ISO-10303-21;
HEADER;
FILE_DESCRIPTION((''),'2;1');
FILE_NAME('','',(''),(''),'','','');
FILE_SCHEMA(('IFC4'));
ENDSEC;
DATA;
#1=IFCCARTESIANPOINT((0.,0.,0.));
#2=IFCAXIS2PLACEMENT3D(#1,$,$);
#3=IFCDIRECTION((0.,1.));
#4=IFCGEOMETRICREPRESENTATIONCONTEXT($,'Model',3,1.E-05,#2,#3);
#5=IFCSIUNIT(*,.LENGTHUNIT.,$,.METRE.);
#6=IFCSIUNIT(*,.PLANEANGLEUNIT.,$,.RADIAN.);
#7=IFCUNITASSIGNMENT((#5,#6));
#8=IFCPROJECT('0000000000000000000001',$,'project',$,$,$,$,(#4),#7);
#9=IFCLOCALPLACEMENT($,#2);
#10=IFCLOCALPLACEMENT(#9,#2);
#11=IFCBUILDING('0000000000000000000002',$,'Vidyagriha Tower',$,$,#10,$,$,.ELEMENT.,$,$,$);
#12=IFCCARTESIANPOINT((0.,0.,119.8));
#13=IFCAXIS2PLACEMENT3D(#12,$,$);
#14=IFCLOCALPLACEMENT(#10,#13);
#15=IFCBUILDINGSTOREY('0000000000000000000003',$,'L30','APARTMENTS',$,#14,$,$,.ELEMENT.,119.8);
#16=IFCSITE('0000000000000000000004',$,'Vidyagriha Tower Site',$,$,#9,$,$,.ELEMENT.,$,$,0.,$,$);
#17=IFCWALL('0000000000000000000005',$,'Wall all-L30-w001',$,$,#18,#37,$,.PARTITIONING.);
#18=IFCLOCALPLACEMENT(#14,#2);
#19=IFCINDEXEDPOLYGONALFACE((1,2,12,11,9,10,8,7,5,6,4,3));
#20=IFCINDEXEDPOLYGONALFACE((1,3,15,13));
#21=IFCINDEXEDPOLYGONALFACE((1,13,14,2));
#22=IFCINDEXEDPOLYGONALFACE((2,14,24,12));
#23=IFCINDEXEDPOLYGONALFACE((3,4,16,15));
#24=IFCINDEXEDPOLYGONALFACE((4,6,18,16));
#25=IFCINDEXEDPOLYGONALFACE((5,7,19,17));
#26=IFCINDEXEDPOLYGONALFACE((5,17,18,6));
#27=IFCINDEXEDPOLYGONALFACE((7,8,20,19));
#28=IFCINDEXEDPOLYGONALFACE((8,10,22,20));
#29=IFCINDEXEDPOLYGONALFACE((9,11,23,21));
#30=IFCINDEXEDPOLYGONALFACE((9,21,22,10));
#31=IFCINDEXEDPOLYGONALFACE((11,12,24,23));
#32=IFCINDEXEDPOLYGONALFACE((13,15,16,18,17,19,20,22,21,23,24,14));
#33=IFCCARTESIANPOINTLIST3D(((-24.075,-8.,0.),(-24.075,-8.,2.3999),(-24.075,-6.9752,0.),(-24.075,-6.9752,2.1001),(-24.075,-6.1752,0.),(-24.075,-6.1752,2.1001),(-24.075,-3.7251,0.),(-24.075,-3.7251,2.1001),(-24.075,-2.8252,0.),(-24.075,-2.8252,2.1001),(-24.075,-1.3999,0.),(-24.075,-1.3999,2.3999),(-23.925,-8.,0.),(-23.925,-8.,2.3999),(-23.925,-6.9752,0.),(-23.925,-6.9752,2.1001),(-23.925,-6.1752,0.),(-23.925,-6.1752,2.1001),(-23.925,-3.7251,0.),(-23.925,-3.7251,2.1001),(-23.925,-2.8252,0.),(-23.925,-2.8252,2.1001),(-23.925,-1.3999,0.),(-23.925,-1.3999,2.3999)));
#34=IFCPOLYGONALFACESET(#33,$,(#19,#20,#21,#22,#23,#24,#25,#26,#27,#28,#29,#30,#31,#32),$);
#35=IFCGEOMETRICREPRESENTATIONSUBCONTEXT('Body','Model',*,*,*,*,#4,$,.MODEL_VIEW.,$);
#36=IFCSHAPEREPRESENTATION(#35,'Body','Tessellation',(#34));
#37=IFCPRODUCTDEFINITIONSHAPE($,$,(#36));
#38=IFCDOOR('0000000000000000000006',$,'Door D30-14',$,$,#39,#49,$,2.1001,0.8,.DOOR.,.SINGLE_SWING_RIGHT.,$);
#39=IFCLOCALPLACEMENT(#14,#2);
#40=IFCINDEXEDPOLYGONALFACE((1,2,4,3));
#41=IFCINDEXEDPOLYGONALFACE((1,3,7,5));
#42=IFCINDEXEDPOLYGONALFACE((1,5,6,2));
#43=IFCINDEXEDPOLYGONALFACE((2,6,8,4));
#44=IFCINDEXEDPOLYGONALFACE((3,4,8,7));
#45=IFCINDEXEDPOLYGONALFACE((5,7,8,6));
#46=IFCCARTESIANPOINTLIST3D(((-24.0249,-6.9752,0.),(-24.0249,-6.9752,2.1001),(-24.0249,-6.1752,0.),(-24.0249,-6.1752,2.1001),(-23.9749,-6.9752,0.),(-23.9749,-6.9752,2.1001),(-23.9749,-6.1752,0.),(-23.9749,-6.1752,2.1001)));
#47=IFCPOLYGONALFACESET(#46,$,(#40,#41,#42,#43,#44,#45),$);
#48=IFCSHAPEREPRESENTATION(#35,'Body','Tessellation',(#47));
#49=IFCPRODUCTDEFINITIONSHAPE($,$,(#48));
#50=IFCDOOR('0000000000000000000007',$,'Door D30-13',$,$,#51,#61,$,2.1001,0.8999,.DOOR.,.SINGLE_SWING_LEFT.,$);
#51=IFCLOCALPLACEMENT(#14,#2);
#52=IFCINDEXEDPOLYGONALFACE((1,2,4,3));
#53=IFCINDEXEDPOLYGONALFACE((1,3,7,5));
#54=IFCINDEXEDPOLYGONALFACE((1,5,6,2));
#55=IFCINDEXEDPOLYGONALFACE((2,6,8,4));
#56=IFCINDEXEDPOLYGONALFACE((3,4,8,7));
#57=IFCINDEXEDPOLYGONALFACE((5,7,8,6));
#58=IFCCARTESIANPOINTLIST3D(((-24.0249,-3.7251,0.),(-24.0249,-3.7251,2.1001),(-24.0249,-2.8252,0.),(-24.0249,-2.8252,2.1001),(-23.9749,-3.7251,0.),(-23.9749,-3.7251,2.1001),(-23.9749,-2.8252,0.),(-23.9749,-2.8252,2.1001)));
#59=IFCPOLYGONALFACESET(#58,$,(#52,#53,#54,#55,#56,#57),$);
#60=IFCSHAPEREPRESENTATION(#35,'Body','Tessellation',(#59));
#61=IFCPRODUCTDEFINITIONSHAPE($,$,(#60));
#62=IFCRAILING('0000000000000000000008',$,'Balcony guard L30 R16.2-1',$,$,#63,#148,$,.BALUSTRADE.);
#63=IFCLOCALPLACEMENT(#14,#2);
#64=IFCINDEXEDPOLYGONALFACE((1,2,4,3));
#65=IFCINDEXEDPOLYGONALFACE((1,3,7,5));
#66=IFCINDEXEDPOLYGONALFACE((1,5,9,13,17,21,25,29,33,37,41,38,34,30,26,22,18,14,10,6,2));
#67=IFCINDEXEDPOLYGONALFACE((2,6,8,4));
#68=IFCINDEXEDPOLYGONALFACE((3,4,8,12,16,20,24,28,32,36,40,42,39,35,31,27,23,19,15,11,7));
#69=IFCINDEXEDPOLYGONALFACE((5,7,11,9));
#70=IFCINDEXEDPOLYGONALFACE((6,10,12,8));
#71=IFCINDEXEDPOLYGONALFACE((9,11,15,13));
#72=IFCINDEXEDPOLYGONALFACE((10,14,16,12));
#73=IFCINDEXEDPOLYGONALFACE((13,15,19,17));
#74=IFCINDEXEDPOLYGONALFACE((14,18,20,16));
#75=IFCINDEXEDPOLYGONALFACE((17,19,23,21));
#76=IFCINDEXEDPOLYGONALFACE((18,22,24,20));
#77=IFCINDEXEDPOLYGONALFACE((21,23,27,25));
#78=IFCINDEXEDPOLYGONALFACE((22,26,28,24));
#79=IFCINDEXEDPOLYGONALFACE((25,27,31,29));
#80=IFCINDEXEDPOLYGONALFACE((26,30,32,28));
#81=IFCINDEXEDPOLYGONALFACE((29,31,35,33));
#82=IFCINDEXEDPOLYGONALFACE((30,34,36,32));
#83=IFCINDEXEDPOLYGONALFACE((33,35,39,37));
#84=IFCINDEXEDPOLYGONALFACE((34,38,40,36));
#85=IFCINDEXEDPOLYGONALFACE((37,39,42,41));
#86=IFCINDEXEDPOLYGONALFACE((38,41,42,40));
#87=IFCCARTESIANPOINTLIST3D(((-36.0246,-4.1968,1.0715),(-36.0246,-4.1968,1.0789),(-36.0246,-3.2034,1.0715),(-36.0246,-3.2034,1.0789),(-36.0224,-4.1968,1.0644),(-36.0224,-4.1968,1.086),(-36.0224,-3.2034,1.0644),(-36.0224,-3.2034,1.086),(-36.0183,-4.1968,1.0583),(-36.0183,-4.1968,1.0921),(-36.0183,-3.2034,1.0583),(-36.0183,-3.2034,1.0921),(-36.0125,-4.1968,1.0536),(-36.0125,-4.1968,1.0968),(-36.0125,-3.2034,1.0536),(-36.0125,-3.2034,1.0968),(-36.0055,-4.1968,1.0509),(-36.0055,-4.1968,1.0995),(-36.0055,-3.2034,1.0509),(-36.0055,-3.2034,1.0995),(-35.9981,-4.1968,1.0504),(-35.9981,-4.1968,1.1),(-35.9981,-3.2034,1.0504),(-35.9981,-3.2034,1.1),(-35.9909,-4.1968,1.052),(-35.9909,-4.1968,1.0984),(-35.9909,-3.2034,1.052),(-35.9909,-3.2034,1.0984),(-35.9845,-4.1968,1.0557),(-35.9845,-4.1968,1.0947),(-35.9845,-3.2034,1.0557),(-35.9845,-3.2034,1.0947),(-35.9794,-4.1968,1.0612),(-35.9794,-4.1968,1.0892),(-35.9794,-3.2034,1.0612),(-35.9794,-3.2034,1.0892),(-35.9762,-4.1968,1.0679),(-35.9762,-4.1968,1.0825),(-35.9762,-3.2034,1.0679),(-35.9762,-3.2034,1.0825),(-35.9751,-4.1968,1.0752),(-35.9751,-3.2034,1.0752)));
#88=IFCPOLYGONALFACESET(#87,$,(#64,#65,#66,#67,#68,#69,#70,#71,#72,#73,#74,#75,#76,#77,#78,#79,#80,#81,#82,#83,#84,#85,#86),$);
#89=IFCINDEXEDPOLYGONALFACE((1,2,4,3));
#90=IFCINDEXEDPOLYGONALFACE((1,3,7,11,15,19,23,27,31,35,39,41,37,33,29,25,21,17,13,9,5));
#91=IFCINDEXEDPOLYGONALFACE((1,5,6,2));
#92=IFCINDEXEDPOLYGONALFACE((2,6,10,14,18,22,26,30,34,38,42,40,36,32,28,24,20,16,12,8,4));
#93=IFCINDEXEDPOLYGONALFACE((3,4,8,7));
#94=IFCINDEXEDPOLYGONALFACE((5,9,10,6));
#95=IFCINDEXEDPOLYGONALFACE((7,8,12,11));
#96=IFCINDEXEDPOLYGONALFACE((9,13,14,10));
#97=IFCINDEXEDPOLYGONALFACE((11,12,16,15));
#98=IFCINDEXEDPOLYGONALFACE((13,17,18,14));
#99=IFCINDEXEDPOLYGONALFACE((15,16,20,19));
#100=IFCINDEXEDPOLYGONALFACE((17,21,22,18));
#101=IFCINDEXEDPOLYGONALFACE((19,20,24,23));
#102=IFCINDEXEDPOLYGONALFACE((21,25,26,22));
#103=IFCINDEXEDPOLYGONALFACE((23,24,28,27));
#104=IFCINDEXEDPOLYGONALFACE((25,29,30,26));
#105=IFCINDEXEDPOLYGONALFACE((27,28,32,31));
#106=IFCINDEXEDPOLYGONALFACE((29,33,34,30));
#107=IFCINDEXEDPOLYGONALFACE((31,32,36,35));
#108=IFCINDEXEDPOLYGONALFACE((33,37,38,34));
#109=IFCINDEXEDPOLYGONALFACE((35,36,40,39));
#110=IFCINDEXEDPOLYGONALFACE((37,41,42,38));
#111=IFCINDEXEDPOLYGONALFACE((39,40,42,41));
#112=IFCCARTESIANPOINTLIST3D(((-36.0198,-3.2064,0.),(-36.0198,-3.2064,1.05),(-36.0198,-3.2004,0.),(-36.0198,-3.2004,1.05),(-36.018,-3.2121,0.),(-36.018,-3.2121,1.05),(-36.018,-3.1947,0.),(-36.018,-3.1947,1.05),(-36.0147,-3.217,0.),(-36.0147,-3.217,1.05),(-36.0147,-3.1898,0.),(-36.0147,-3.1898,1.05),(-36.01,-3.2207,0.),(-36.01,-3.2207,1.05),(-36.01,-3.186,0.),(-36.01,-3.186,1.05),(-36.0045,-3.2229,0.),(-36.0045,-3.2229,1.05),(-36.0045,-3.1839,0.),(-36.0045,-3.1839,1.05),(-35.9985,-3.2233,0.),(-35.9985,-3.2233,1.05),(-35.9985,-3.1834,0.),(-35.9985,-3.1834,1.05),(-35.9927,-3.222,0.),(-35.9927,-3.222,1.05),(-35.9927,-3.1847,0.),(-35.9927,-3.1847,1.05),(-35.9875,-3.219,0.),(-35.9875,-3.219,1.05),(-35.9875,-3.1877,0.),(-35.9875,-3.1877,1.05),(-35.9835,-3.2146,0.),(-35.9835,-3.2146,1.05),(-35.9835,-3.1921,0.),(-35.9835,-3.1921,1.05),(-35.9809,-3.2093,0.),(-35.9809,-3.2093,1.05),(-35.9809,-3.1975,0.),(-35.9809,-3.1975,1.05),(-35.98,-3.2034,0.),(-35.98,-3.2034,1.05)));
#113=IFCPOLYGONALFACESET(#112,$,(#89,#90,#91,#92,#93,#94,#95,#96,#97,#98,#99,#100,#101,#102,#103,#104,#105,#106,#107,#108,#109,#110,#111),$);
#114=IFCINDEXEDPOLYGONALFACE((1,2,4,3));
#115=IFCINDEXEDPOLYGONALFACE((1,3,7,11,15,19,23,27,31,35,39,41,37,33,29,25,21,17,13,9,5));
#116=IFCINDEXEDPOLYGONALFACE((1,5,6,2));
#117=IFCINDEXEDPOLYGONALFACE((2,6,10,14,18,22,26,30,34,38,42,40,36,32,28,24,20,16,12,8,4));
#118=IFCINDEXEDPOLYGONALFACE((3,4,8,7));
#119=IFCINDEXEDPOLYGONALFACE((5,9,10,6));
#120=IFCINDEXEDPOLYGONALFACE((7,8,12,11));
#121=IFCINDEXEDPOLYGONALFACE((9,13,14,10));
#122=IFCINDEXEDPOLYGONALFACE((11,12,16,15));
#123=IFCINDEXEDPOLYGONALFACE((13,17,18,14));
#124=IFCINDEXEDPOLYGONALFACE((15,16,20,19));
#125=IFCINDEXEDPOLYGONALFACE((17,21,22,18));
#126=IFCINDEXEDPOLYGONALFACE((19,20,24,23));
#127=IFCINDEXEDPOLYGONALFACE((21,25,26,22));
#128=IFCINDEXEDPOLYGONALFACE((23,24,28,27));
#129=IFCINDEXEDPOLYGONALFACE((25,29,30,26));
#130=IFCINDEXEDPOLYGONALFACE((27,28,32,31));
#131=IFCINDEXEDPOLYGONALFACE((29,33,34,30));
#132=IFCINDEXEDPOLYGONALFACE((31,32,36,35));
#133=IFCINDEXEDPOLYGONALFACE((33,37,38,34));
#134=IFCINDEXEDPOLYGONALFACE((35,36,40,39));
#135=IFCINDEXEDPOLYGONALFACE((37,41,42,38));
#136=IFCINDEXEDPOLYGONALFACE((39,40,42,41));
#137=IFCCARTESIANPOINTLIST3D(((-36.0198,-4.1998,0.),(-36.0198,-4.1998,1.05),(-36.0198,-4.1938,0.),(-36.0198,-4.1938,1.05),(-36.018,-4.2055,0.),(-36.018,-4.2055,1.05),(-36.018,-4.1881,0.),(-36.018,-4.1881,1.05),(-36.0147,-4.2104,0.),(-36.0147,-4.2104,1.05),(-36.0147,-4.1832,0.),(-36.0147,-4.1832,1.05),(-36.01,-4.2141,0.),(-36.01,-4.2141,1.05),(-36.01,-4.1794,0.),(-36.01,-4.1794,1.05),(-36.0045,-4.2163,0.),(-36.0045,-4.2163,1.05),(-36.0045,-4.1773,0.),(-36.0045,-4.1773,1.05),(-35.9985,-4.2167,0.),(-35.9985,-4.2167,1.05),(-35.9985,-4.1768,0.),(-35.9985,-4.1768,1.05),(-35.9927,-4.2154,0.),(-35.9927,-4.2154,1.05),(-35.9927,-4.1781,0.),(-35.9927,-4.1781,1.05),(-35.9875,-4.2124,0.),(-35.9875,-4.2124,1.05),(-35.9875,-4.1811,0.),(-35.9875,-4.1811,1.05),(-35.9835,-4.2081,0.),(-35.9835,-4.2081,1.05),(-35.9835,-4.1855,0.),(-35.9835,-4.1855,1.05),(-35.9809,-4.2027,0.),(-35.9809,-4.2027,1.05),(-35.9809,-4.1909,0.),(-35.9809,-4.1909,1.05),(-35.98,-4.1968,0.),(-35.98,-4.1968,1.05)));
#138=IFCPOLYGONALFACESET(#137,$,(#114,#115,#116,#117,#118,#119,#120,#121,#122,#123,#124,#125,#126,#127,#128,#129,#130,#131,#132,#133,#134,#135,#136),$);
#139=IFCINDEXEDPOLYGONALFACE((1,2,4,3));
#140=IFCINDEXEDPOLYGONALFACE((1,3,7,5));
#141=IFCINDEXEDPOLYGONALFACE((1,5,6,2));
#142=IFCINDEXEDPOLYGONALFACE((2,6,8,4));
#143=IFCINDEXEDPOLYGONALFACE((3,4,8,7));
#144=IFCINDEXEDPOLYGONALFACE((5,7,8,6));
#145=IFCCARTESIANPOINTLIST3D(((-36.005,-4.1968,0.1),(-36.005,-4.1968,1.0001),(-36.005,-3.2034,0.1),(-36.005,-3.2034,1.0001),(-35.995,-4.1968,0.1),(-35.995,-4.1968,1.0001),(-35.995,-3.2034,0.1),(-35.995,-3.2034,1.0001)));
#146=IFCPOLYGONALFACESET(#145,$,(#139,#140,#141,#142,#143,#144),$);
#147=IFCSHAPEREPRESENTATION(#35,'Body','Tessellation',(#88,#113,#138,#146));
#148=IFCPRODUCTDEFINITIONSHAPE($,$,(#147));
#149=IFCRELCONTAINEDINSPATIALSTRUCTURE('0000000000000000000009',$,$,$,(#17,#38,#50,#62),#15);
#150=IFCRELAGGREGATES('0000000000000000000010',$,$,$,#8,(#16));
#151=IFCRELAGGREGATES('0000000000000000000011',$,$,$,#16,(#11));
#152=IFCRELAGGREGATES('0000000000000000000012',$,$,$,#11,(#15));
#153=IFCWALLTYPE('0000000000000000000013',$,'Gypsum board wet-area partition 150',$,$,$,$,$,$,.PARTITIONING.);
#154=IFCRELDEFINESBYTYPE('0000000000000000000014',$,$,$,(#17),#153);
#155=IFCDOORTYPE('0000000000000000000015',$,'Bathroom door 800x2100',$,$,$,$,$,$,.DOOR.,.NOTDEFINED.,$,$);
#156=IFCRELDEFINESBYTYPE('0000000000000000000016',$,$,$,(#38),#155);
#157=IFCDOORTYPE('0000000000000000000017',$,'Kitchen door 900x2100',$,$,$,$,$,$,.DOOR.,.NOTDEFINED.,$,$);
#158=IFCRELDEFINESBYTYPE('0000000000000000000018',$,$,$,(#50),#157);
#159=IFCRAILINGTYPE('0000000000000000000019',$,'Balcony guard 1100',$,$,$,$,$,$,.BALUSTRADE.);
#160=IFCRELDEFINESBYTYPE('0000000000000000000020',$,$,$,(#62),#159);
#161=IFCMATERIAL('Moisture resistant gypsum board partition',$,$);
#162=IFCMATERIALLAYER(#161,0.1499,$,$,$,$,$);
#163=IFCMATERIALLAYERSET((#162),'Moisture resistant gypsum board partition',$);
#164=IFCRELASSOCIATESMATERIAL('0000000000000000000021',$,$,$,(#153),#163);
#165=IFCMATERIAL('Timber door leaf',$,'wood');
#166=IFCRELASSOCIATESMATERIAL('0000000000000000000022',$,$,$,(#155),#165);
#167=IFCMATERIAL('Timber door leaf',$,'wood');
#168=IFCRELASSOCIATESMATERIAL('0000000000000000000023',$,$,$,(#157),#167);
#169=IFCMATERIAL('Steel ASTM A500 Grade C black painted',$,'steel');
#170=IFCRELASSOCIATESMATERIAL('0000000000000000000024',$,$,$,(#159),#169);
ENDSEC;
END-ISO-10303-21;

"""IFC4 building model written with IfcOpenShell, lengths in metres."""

from ifc_helpers import new_model, si_unit, direction, frame, frame_2d, origin, origin_2d, place, context, subcontext, project, spatial, rectangle, circle, extrude, material, layer, layer_set, type_object, element, fill, save


model = new_model("IFC4")

# Units and contexts
model_context = context("Model", 3, precision=1e-05, world=origin(), true_north=direction((0.0, 1.0)))
body_context = subcontext(model_context, "Body", "Model", "MODEL_VIEW")
ifc_project = project(units=[si_unit("LENGTHUNIT", "METRE"), si_unit("PLANEANGLEUNIT", "RADIAN")], contexts=[model_context])

# Site, building, storey
site_placement = place(None, origin())
site = spatial("IfcSite", under=ifc_project, at=site_placement, Name="Vidyagriha Tower Site", CompositionType="ELEMENT", RefElevation=0.0)
building_placement = place(site_placement, origin())
building = spatial("IfcBuilding", under=site, at=building_placement, Name="Vidyagriha Tower", CompositionType="ELEMENT")
storey_placement = place(building_placement, frame((0.0, 0.0, 119.8)))
storey = spatial("IfcBuildingStorey", under=building, at=storey_placement, Name="L30", Description="APARTMENTS", CompositionType="ELEMENT", Elevation=119.8)

# Wall, openings, doors
ifc_material_1 = material(Name="Moisture resistant gypsum board partition")
ifc_layer_1 = layer(ifc_material_1, 0.1499)
ifc_layer_set_1 = layer_set([ifc_layer_1], Name="Moisture resistant gypsum board partition")
wall_type_1 = type_object("IfcWallType", Name="Gypsum board wet-area partition 150", PredefinedType="PARTITIONING", material=ifc_layer_set_1)
wall_1_placement = place(storey_placement, frame((-24.0, -8.0, 0.0), z_axis=(0.0, 0.0, 1.0), x_axis=(0.0, 1.0, 0.0)))
wall_1 = element("IfcWall", 1, at=wall_1_placement, inside=storey, type_object=wall_type_1, Name="Wall all-L30-w001", PredefinedType="PARTITIONING", context=body_context, shape_type="SweptSolid", body=[
    extrude(rectangle(XDim=6.6001, YDim=0.1499, at=frame_2d((3.3, 0.0))), origin(), (0.0, 0.0, 1.0), 2.3999),
])
opening_1_placement = place(wall_1_placement, frame((4.2749, 0.0, 0.0)))
opening_1 = element("IfcOpeningElement", 2, at=opening_1_placement, cuts=wall_1, PredefinedType="OPENING", context=body_context, shape_type="SweptSolid", body=[
    extrude(rectangle(XDim=0.8999, YDim=2.1001, at=frame_2d((0.45, 1.05))), frame((0.0, 0.085, 0.0), z_axis=(0.0, -1.0, 0.0), x_axis=(1.0, 0.0, 0.0)), (0.0, 0.0, 1.0), 0.1699),
])
opening_2_placement = place(wall_1_placement, frame((1.0249, 0.0, 0.0)))
opening_2 = element("IfcOpeningElement", 3, at=opening_2_placement, cuts=wall_1, PredefinedType="OPENING", context=body_context, shape_type="SweptSolid", body=[
    extrude(rectangle(XDim=0.8, YDim=2.1001, at=frame_2d((0.3999, 1.05))), frame((0.0, 0.085, 0.0), z_axis=(0.0, -1.0, 0.0), x_axis=(1.0, 0.0, 0.0)), (0.0, 0.0, 1.0), 0.1699),
])
ifc_material_2 = material(Name="Timber door leaf", Category="wood")
door_type_1 = type_object("IfcDoorType", Name="Bathroom door 800x2100", OperationType="NOTDEFINED", PredefinedType="DOOR", material=ifc_material_2)
door_1_placement = place(opening_2_placement, origin())
door_1 = element("IfcDoor", 4, at=door_1_placement, inside=storey, type_object=door_type_1, Name="Door D30-14", OperationType="SINGLE_SWING_RIGHT", OverallHeight=2.1001, OverallWidth=0.8, PredefinedType="DOOR", context=body_context, shape_type="SweptSolid", body=[
    extrude(rectangle(XDim=0.8, YDim=2.1001, at=frame_2d((0.3999, 1.05))), frame((0.0, 0.0249, 0.0), z_axis=(0.0, -1.0, 0.0), x_axis=(1.0, 0.0, 0.0)), (0.0, 0.0, 1.0), 0.05),
])
fill(opening_2, door_1)
ifc_material_3 = material(Name="Timber door leaf", Category="wood")
door_type_2 = type_object("IfcDoorType", Name="Kitchen door 900x2100", OperationType="NOTDEFINED", PredefinedType="DOOR", material=ifc_material_3)
door_2_placement = place(opening_1_placement, origin())
door_2 = element("IfcDoor", 5, at=door_2_placement, inside=storey, type_object=door_type_2, Name="Door D30-13", OperationType="SINGLE_SWING_LEFT", OverallHeight=2.1001, OverallWidth=0.8999, PredefinedType="DOOR", context=body_context, shape_type="SweptSolid", body=[
    extrude(rectangle(XDim=0.8999, YDim=2.1001, at=frame_2d((0.45, 1.05))), frame((0.0, 0.0249, 0.0), z_axis=(0.0, -1.0, 0.0), x_axis=(1.0, 0.0, 0.0)), (0.0, 0.0, 1.0), 0.05),
])
fill(opening_1, door_2)

# Railing
ifc_material_4 = material(Name="Steel ASTM A500 Grade C black painted", Category="steel")
railing_type_1 = type_object("IfcRailingType", Name="Balcony guard 1100", PredefinedType="BALUSTRADE", material=ifc_material_4)
railing_1_placement = place(storey_placement, frame((-36.0, -3.2034, 0.0)))
element("IfcRailing", 6, at=railing_1_placement, inside=storey, type_object=railing_type_1, Name="Balcony guard L30 R16.2-1", PredefinedType="BALUSTRADE", context=body_context, shape_type="SweptSolid", body=[
    extrude(circle(Radius=0.0249, at=origin_2d()), frame((0.0, 0.0, 1.0752), z_axis=(0.0, -1.0, 0.0), x_axis=(1.0, 0.0, 0.0)), (0.0, 0.0, 1.0), 0.9934),
    extrude(circle(Radius=0.02, at=origin_2d()), origin(), (0.0, 0.0, 1.0), 1.05),
    extrude(circle(Radius=0.02, at=origin_2d()), frame((0.0, -0.9934, 0.0)), (0.0, 0.0, 1.0), 1.05),
    extrude(rectangle(XDim=0.01, YDim=0.9001, at=origin_2d()), frame((0.0, 0.0, 0.55), z_axis=(0.0, -1.0, 0.0), x_axis=(1.0, 0.0, 0.0)), (0.0, 0.0, 1.0), 0.9934),
])

save(model, "model.ifc")
